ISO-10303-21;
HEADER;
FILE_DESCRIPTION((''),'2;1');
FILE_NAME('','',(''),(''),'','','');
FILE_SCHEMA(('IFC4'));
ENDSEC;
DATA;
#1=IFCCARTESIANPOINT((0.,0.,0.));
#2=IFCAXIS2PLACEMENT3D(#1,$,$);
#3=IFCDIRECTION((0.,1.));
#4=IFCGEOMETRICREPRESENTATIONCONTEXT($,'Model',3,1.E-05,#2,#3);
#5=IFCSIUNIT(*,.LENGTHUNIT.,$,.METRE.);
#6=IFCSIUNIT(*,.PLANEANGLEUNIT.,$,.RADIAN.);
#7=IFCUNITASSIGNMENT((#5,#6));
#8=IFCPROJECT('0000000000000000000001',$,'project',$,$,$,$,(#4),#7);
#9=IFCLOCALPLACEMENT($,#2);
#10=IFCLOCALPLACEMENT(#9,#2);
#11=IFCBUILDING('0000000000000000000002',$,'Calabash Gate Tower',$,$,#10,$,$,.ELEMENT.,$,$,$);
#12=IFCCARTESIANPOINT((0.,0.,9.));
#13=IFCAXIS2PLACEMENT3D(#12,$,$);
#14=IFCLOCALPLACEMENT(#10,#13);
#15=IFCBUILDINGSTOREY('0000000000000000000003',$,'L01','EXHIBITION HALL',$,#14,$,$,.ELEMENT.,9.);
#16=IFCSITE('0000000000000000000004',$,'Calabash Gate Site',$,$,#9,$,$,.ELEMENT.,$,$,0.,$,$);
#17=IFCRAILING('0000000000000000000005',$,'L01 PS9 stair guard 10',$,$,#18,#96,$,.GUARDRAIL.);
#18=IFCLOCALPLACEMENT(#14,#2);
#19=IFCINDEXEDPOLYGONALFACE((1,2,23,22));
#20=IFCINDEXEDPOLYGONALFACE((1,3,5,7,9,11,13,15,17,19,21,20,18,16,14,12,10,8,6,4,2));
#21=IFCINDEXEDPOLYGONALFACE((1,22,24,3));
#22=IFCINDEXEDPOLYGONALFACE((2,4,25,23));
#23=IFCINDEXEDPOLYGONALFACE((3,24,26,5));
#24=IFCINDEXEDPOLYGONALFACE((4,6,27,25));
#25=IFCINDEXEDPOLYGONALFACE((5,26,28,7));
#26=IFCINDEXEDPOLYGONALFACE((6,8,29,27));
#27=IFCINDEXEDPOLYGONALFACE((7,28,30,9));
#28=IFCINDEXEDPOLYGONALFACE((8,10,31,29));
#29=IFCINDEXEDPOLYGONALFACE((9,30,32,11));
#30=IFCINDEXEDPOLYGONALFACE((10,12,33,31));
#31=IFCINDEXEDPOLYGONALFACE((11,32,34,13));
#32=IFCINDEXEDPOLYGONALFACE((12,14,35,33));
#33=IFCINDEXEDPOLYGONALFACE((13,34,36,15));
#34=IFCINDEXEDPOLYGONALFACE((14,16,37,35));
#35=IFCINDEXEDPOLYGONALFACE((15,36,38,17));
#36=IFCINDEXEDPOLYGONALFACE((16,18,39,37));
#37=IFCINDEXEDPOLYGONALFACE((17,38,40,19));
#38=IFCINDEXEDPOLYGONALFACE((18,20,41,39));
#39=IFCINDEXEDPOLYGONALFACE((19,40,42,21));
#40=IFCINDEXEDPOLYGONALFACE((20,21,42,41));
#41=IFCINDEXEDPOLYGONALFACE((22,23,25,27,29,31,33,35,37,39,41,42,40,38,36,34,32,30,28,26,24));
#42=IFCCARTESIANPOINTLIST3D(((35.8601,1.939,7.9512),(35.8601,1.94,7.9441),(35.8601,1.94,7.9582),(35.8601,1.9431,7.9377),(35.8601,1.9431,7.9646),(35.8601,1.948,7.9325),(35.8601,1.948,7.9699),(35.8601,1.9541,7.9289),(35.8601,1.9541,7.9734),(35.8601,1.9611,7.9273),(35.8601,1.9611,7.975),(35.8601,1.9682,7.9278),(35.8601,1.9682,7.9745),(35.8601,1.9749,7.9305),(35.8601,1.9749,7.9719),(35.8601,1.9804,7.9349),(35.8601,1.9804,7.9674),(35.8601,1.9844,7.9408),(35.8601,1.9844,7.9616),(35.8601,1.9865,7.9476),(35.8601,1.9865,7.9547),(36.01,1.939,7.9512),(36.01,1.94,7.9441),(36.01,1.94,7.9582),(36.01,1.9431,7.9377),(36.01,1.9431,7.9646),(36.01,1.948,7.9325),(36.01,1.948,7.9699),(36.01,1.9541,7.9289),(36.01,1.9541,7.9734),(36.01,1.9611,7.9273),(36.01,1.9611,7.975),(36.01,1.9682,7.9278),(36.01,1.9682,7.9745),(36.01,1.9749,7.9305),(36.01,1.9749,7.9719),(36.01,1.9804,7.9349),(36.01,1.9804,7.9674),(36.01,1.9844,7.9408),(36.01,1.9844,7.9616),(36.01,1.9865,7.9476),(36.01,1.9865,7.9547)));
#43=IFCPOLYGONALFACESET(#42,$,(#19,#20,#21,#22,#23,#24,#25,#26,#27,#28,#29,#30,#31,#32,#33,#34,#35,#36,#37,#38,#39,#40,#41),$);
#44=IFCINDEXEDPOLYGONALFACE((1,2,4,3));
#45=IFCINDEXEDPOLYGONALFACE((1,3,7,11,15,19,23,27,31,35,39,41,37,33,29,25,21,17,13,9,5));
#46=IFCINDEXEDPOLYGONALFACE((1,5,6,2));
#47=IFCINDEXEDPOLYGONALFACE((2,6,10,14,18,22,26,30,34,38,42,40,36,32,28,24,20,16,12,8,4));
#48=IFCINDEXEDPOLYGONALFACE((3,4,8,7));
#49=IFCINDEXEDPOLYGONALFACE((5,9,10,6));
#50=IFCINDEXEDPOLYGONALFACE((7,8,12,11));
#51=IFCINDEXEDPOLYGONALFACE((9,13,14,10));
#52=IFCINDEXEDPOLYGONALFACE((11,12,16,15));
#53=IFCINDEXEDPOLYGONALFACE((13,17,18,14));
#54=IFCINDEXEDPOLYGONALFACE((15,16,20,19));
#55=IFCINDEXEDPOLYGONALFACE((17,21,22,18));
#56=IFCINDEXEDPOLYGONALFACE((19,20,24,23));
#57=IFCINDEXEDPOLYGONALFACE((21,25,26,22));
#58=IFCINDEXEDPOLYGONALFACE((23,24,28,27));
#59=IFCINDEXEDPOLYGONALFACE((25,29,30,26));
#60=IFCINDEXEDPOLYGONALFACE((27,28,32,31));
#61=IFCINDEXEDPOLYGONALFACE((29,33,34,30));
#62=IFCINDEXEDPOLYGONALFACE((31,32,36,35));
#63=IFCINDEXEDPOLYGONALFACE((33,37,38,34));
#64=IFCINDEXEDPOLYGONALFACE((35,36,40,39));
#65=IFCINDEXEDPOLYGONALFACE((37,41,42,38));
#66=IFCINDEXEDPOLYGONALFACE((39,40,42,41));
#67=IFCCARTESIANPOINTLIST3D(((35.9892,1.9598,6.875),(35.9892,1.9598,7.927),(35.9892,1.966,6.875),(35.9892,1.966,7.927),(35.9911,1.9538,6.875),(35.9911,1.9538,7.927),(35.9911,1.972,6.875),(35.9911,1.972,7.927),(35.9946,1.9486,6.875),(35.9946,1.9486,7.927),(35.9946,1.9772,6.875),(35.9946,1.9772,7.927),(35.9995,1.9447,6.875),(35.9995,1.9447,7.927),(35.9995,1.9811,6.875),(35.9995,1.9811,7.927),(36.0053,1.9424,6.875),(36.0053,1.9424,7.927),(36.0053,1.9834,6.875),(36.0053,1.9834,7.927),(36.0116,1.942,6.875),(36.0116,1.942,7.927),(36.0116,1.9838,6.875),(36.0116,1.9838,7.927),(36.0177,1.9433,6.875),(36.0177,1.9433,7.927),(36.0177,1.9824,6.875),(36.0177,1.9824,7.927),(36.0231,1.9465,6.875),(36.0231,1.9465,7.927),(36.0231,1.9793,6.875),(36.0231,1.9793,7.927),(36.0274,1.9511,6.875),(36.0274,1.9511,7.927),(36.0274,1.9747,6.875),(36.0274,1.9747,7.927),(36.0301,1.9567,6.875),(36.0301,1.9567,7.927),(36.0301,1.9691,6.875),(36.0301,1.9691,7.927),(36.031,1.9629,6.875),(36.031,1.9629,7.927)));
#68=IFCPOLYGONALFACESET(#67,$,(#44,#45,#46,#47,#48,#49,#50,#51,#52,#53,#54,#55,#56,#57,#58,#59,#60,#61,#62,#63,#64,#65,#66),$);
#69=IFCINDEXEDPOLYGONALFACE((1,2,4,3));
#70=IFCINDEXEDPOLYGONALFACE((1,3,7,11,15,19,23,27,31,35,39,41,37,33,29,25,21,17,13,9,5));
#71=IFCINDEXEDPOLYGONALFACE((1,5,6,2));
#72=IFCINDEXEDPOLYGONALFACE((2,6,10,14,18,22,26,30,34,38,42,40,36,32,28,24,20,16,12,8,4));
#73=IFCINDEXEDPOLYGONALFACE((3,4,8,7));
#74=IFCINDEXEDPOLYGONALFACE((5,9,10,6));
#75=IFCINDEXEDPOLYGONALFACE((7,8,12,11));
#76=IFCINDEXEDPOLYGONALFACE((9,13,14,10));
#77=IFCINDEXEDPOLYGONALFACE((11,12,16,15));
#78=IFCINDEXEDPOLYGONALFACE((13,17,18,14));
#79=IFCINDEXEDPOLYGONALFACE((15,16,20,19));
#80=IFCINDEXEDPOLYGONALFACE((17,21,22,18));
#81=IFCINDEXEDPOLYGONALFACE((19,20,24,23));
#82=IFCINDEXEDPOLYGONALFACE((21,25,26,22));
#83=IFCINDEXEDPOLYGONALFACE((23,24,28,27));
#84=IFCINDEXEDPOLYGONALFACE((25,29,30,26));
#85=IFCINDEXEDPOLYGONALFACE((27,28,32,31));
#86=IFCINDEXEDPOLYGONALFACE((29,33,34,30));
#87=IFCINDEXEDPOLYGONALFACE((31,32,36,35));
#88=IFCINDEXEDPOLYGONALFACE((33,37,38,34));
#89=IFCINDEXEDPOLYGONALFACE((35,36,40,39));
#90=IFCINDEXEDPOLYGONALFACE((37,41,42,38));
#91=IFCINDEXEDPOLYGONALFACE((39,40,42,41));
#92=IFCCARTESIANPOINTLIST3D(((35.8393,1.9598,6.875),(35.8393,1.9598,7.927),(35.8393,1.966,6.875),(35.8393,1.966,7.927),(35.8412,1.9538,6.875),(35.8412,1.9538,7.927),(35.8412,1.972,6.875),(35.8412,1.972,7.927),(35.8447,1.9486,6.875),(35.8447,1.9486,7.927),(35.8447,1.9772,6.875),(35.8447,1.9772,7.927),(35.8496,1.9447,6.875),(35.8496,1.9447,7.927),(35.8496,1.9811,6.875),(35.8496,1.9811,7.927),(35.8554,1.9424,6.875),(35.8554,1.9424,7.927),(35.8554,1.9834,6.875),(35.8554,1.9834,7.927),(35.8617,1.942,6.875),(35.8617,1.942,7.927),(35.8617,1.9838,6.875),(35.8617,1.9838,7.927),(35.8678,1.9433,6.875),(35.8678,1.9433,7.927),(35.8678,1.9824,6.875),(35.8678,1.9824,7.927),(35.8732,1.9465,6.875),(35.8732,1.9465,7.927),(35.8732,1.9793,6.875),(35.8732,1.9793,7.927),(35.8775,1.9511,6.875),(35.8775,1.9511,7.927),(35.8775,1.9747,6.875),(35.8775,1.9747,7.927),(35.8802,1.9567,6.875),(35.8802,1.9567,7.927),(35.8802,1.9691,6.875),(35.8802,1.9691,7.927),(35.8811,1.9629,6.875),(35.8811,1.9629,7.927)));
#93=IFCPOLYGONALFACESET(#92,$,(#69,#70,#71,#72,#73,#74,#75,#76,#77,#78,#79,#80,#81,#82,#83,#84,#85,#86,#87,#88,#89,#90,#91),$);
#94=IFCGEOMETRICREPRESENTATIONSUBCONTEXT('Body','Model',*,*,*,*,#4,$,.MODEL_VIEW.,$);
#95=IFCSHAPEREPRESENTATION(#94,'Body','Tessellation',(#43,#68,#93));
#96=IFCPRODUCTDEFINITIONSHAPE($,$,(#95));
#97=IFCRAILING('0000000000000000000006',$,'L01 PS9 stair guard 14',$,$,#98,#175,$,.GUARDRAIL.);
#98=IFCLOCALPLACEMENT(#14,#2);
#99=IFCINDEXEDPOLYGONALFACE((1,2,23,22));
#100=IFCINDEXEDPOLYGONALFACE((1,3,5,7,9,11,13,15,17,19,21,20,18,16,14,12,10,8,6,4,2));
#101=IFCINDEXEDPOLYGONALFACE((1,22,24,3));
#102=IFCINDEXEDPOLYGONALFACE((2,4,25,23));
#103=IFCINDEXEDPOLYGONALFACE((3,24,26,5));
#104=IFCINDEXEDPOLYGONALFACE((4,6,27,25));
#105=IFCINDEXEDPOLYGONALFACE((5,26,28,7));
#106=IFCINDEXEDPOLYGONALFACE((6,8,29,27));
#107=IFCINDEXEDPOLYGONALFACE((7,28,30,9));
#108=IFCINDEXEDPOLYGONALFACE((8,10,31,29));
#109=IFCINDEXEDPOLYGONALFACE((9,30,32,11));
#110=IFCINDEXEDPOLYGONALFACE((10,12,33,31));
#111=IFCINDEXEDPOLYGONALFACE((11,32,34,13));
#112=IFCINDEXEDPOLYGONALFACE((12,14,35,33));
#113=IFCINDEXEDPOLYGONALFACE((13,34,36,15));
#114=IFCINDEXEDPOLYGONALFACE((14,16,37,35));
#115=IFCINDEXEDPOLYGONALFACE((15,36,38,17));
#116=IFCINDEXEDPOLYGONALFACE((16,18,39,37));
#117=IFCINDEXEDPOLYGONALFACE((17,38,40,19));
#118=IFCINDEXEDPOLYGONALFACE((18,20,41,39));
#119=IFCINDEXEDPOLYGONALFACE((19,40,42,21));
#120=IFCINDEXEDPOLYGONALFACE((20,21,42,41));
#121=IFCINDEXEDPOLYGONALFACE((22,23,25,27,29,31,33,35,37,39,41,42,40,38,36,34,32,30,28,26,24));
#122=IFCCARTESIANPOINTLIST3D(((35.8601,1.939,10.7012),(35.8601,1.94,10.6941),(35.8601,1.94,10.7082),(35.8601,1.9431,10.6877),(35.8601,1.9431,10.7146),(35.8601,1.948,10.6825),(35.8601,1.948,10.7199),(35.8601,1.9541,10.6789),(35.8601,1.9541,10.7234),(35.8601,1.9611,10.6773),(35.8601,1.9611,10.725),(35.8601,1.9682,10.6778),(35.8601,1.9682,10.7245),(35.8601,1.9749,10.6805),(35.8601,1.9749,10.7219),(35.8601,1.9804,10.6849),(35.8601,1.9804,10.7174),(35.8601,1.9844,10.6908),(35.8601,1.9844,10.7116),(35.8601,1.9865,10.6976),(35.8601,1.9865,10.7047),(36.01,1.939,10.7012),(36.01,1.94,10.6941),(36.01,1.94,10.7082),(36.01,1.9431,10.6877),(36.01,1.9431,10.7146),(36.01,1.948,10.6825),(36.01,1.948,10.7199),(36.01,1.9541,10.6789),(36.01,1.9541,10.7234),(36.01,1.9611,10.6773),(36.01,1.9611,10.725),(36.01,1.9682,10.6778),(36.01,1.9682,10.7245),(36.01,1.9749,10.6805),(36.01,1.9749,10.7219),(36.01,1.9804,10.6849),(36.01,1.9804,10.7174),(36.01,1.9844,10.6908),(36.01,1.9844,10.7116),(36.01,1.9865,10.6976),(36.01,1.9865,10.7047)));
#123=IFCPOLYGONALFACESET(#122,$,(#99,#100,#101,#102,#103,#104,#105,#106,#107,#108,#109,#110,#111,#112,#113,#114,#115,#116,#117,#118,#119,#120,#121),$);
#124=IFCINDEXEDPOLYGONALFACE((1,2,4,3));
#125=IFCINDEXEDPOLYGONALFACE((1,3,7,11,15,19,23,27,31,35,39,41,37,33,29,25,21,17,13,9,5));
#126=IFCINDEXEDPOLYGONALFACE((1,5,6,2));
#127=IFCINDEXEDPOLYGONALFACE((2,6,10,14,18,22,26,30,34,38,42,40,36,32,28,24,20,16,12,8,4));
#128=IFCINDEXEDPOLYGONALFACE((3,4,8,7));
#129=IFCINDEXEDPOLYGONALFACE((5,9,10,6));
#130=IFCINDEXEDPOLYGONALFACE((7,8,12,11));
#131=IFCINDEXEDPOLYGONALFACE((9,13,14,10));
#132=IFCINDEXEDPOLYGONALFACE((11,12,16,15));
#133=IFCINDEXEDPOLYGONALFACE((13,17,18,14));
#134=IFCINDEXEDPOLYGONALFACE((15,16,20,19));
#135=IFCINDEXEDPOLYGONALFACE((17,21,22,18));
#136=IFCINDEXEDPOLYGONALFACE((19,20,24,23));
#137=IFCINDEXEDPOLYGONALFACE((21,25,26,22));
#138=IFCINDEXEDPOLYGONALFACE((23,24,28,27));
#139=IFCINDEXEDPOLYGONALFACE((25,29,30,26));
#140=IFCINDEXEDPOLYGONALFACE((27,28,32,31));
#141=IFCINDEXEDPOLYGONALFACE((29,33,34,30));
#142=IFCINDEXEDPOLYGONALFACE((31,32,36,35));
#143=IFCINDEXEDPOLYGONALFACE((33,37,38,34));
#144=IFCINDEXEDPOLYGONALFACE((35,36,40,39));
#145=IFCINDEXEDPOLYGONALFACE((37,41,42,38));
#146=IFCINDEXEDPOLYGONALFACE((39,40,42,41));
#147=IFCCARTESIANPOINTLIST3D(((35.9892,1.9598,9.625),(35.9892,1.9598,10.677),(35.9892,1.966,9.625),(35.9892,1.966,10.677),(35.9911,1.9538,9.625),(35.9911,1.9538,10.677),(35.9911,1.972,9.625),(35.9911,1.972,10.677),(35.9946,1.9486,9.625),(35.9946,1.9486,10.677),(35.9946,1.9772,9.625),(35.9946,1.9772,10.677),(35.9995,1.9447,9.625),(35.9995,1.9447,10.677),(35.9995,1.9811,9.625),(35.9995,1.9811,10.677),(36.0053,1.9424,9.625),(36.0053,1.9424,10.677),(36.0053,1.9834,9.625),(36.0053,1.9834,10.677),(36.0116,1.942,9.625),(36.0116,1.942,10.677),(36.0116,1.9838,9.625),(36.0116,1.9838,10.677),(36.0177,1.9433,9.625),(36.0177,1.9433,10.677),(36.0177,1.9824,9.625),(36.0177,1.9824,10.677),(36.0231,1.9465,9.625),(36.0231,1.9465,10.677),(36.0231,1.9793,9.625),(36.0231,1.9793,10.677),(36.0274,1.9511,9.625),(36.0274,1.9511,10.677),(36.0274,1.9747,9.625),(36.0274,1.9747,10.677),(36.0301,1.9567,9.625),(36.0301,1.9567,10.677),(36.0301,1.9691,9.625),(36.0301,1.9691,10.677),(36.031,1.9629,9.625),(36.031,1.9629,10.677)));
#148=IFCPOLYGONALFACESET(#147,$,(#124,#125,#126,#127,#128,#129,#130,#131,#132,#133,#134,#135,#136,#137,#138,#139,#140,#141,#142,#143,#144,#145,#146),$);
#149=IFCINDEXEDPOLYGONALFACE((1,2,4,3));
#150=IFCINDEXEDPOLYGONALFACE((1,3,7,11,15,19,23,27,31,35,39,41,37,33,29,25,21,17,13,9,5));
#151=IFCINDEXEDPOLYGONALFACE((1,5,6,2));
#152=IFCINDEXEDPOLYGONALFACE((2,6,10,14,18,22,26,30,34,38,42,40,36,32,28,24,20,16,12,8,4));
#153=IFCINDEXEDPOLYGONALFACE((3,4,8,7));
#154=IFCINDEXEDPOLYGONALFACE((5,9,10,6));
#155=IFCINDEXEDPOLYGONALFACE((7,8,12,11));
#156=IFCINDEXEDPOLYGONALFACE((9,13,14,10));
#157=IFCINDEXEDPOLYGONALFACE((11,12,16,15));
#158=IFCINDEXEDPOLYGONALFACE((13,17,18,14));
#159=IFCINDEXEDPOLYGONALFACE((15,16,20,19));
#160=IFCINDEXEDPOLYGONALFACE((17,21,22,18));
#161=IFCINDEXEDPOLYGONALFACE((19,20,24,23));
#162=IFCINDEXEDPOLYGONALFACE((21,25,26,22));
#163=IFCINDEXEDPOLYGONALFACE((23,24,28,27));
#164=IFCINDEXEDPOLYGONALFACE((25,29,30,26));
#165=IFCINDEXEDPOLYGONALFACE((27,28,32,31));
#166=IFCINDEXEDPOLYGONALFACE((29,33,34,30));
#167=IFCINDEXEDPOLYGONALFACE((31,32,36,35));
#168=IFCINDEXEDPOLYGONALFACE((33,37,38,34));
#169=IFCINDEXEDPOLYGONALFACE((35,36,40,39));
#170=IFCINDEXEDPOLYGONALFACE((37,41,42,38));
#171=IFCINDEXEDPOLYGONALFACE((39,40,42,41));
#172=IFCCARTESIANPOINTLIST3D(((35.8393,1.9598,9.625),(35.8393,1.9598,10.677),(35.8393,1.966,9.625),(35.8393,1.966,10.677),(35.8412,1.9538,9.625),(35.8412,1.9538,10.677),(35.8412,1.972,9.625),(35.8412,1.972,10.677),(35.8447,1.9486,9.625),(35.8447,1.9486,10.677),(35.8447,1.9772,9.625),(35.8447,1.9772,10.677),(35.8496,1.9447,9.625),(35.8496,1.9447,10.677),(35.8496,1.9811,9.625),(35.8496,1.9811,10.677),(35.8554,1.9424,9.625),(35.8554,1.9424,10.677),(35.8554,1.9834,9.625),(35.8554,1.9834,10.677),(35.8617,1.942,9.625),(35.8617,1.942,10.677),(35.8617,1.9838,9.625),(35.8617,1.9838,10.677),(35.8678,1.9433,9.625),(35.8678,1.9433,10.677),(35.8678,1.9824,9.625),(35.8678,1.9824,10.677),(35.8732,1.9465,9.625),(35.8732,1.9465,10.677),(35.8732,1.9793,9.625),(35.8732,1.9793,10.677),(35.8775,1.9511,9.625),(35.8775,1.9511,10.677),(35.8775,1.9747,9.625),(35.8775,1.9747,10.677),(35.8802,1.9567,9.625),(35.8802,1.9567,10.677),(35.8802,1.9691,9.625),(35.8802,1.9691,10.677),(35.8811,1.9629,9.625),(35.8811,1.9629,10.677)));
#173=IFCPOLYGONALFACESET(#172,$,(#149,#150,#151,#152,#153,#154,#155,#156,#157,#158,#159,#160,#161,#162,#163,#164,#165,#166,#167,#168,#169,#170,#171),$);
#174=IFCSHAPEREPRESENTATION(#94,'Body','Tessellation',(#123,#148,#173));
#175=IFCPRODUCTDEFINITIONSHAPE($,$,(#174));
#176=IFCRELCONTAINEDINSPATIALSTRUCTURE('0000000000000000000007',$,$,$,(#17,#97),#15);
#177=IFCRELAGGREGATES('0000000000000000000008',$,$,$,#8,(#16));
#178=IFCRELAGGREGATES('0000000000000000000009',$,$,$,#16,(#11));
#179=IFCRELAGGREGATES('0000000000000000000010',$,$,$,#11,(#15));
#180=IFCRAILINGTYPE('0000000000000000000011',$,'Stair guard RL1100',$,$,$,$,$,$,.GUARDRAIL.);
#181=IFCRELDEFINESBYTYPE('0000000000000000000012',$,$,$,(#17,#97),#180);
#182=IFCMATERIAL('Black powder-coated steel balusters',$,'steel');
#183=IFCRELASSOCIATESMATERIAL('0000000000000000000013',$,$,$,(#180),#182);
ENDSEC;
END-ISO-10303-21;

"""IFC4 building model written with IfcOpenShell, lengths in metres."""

from ifc_helpers import new_model, si_unit, direction, frame, origin, origin_2d, place, context, subcontext, project, spatial, circle, extrude, material, type_object, element, save


model = new_model("IFC4")

# Units and contexts
model_context = context("Model", 3, precision=1e-05, world=origin(), true_north=direction((0.0, 1.0)))
body_context = subcontext(model_context, "Body", "Model", "MODEL_VIEW")
ifc_project = project(units=[si_unit("LENGTHUNIT", "METRE"), si_unit("PLANEANGLEUNIT", "RADIAN")], contexts=[model_context])

# Site, building, storey
site_placement = place(None, origin())
site = spatial("IfcSite", under=ifc_project, at=site_placement, Name="Calabash Gate Site", CompositionType="ELEMENT", RefElevation=0.0)
building_placement = place(site_placement, origin())
building = spatial("IfcBuilding", under=site, at=building_placement, Name="Calabash Gate Tower", CompositionType="ELEMENT")
storey_placement = place(building_placement, frame((0.0, 0.0, 9.0)))
storey = spatial("IfcBuildingStorey", under=building, at=storey_placement, Name="L01", Description="EXHIBITION HALL", CompositionType="ELEMENT", Elevation=9.0)

# Railings
ifc_material_1 = material(Name="Black powder-coated steel balusters", Category="steel")
railing_type = type_object("IfcRailingType", Name="Stair guard RL1100", PredefinedType="GUARDRAIL", material=ifc_material_1)
for number, where, name in (
    (1, (36.01, 1.9629, 6.875), "L01 PS9 stair guard 10"),
    (2, (36.01, 1.9629, 9.625), "L01 PS9 stair guard 14"),
):
    element("IfcRailing", number, at=place(storey_placement, frame(where)), inside=storey, type_object=railing_type, Name=name, PredefinedType="GUARDRAIL", context=body_context, shape_type="SweptSolid", body=[
        extrude(circle(Radius=0.0239, at=origin_2d()), frame((0.0, 0.0, 1.0762), z_axis=(-1.0, 0.0, 0.0), x_axis=(0.0, -1.0, 0.0)), (0.0, 0.0, 1.0), 0.1499),
        extrude(circle(Radius=0.021, at=origin_2d()), origin(), (0.0, 0.0, 1.0), 1.052),
        extrude(circle(Radius=0.021, at=origin_2d()), frame((-0.1499, 0.0, 0.0)), (0.0, 0.0, 1.0), 1.052),
    ])

save(model, "model.ifc")
